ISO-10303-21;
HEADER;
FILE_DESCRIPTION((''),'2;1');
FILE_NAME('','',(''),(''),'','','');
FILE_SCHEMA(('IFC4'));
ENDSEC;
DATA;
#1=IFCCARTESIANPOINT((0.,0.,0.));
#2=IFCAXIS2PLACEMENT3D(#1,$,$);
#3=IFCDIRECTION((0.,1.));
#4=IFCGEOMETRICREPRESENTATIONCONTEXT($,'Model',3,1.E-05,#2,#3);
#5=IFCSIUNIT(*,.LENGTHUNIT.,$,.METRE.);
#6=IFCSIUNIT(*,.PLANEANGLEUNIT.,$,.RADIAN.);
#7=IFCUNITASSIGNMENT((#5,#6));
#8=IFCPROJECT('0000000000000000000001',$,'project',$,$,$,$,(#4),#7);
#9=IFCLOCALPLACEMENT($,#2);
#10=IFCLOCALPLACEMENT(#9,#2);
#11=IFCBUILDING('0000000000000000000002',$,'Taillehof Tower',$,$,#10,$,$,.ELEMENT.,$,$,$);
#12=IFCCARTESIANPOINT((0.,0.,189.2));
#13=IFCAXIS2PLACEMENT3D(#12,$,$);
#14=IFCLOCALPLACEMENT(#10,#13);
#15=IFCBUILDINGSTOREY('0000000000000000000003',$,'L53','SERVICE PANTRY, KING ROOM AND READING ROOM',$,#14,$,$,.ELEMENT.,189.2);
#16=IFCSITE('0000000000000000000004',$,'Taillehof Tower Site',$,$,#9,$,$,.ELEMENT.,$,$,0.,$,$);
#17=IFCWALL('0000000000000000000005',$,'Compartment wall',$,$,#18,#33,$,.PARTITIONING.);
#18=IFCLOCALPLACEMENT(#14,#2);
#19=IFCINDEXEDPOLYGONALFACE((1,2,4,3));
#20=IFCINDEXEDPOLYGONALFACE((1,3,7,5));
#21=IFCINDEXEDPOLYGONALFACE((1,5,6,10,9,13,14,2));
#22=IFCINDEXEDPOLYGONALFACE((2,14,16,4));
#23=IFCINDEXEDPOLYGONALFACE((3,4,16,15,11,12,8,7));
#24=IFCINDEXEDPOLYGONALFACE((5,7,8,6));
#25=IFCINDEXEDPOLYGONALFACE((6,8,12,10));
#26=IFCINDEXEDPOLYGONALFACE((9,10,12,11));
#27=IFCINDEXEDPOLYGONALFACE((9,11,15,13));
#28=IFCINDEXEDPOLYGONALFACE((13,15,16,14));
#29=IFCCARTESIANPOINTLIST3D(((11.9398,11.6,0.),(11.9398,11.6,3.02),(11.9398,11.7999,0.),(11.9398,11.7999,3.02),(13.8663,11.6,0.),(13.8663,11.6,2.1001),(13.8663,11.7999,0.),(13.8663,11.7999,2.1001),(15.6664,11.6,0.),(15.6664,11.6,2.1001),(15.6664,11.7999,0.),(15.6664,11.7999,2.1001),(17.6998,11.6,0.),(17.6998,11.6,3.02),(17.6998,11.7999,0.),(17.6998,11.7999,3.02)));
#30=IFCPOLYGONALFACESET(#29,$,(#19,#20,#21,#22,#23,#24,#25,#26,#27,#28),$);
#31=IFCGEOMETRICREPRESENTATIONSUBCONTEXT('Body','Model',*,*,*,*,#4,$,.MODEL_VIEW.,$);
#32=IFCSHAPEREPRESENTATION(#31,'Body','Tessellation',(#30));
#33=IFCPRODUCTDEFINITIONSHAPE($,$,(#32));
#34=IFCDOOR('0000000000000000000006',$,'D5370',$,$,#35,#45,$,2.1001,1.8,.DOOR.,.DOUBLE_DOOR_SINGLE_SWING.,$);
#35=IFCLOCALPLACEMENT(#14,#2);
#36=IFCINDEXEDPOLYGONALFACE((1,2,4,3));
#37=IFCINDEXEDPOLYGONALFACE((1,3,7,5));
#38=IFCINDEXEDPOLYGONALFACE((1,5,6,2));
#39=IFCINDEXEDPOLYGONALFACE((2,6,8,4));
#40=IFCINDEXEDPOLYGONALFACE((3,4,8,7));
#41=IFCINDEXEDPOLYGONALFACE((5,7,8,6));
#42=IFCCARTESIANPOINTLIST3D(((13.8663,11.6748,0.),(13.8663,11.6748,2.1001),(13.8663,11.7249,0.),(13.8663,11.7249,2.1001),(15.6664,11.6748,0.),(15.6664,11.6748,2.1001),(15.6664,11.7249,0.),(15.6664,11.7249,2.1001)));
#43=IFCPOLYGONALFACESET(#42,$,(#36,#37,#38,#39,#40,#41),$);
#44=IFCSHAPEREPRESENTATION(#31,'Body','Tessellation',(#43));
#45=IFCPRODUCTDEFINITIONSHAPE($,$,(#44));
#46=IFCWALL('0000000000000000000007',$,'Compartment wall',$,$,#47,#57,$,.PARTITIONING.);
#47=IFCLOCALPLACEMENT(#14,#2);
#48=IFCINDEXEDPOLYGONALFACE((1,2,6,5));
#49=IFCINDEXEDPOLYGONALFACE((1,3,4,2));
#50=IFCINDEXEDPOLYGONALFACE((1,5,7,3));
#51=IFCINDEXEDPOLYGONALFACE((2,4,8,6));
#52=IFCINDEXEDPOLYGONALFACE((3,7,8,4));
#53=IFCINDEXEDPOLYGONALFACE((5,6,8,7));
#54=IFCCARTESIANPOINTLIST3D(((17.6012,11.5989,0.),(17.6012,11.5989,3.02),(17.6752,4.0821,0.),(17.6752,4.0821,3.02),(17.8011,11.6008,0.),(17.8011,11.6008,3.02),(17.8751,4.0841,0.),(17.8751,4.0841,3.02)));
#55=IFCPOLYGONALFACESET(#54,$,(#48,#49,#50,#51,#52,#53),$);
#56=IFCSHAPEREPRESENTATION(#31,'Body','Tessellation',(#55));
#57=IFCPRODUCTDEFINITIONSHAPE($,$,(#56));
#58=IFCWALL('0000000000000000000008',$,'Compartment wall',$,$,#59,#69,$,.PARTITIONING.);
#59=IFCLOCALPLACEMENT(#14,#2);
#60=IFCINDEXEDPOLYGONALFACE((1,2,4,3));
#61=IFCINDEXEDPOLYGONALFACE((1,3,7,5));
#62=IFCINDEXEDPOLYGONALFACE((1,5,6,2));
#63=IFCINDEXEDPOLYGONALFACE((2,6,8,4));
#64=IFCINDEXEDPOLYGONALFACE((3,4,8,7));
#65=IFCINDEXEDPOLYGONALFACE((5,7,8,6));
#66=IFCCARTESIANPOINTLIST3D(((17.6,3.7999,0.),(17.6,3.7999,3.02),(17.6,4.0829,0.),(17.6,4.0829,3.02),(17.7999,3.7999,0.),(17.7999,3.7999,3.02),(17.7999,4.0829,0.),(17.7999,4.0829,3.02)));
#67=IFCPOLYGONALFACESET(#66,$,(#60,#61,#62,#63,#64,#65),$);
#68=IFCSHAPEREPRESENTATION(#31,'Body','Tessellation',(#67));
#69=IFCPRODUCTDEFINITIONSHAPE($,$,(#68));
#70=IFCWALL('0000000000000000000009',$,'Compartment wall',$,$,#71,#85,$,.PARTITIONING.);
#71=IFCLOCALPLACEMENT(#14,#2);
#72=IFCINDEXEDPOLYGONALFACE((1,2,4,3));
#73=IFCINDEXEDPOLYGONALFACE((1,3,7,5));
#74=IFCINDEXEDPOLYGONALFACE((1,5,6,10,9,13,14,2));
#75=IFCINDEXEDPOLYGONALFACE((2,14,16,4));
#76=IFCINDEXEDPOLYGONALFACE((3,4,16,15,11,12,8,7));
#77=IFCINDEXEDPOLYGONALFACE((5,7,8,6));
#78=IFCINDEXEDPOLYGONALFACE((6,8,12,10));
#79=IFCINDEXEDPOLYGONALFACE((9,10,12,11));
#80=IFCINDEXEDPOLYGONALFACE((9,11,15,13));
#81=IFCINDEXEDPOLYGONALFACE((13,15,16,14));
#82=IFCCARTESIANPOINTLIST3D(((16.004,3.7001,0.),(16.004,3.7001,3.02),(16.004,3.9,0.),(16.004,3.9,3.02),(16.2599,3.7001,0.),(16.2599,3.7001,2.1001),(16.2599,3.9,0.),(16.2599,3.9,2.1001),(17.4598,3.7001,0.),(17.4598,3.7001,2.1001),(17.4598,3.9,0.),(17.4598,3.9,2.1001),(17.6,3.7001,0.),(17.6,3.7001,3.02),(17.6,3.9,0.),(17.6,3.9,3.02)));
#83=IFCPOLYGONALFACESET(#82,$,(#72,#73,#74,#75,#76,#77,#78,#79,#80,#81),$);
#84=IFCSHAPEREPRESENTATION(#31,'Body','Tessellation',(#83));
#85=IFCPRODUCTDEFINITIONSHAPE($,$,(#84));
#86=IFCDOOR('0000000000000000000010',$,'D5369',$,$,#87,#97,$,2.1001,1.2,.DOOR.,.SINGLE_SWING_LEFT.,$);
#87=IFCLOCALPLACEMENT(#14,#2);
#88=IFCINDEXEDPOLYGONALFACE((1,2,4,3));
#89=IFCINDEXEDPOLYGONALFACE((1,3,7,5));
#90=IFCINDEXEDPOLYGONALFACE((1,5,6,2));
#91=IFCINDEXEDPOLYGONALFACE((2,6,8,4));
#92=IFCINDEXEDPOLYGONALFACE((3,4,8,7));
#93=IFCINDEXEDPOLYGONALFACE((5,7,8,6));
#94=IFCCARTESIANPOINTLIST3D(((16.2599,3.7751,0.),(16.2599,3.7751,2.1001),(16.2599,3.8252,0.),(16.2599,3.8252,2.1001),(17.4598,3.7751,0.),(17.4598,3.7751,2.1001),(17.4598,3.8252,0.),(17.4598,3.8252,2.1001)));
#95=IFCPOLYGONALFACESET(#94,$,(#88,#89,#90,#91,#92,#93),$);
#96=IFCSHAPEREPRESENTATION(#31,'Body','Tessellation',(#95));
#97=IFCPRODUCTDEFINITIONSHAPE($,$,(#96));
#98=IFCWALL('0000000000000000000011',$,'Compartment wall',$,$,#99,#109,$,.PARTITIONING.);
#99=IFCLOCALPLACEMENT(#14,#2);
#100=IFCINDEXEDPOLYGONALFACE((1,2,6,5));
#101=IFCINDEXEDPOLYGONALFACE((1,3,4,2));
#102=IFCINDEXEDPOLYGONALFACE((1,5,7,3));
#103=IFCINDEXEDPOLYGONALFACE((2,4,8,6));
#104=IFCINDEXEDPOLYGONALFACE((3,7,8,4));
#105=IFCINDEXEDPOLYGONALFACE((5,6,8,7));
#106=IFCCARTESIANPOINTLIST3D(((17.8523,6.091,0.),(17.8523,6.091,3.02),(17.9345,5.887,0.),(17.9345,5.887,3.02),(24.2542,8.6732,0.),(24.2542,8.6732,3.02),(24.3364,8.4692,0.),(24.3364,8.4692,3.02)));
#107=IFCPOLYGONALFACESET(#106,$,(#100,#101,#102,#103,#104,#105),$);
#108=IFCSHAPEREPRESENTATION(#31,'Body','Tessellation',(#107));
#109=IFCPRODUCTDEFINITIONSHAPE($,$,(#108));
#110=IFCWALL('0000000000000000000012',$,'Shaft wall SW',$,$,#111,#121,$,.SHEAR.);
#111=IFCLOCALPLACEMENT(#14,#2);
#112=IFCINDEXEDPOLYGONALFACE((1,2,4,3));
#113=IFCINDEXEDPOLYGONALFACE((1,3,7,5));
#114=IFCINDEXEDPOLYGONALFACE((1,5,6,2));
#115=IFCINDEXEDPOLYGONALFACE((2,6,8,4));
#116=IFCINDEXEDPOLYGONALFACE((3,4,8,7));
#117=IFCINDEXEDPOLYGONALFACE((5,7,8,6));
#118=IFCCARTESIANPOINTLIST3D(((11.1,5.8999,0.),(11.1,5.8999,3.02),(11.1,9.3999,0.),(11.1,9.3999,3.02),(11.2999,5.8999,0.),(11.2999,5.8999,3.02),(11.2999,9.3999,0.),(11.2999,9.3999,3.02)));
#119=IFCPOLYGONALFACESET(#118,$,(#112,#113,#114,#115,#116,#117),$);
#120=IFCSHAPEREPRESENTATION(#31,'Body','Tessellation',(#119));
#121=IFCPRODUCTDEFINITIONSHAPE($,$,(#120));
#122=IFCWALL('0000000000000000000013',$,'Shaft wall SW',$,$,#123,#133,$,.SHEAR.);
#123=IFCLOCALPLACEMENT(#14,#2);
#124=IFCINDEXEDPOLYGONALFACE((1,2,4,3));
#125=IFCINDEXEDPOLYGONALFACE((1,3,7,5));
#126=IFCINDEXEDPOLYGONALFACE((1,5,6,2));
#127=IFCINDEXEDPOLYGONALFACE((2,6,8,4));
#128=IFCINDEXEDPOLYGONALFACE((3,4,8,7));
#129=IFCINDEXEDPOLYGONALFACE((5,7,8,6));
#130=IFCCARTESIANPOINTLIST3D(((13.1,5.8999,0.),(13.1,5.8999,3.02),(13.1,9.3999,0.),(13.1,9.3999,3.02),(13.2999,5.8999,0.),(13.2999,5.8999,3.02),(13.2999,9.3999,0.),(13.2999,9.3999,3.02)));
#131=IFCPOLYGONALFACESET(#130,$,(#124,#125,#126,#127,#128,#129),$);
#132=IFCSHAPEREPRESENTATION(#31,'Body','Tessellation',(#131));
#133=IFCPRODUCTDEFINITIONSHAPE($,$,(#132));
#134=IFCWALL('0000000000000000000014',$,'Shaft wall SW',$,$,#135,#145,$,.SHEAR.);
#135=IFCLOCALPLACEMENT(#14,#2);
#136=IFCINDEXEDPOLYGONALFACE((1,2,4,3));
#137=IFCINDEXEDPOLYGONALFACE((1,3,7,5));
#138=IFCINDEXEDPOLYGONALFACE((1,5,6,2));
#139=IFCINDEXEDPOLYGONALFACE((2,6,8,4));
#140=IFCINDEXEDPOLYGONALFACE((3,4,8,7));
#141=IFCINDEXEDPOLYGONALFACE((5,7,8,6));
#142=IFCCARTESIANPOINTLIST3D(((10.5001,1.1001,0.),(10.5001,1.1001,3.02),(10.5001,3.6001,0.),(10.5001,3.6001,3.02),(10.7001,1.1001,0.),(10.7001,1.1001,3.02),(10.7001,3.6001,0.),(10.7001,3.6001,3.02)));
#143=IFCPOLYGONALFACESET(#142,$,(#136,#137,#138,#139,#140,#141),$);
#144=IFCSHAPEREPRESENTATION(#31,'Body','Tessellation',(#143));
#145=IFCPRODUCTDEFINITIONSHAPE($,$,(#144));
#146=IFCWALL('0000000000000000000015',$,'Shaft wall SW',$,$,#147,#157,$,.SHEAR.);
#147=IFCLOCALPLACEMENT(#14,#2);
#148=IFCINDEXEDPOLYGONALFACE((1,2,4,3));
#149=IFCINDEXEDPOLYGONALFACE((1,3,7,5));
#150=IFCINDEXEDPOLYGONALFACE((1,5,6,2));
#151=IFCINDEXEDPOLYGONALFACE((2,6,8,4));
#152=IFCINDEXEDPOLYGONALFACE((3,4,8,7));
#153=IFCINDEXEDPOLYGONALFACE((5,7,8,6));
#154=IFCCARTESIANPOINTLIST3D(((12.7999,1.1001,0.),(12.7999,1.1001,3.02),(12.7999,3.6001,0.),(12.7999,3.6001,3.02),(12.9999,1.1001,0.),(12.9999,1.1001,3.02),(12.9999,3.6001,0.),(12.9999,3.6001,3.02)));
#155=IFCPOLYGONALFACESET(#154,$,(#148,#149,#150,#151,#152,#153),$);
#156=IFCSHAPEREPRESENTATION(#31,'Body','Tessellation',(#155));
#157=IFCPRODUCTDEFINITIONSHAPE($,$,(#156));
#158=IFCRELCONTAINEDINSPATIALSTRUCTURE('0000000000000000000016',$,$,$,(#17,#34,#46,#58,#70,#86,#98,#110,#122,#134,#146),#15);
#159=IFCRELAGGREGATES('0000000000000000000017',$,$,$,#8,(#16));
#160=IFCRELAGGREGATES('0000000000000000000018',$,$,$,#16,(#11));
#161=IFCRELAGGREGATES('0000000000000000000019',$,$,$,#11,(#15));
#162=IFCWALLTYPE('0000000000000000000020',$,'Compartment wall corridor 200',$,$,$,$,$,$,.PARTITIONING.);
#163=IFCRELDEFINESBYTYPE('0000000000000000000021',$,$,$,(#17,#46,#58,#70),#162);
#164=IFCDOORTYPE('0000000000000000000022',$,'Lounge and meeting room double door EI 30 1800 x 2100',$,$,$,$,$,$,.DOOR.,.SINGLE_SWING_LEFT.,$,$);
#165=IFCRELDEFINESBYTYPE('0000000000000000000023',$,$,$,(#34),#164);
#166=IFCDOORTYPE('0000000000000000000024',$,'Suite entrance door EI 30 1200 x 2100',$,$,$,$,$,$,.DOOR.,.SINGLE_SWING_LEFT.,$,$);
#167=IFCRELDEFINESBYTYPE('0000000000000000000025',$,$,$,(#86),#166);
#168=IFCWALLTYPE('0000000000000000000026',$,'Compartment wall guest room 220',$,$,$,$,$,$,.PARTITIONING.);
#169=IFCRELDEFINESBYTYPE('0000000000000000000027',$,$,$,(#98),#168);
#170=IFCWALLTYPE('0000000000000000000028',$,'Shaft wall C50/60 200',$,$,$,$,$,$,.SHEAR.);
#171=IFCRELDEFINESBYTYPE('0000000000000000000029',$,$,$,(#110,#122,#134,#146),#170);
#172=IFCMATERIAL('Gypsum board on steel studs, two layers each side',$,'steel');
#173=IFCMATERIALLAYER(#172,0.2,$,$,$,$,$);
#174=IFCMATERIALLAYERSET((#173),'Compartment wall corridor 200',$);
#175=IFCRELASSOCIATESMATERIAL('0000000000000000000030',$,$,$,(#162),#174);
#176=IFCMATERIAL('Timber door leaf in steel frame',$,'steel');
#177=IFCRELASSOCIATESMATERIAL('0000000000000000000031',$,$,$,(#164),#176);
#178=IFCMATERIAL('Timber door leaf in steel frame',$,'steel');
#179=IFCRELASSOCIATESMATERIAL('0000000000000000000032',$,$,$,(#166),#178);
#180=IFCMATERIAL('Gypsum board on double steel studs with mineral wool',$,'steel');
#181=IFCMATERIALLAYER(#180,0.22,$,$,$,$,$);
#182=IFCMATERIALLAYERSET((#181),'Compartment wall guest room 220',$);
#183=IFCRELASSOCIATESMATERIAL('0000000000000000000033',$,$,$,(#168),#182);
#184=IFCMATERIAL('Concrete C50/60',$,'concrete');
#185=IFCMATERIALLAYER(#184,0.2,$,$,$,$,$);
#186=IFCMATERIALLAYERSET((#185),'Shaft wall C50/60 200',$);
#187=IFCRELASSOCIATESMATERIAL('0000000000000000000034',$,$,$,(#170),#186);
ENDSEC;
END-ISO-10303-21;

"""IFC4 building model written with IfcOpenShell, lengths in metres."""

from ifc_helpers import new_model, si_unit, direction, frame, frame_2d, origin, place, context, subcontext, project, spatial, rectangle, extrude, material, layer, layer_set, type_object, element, fill, save


model = new_model("IFC4")

# Units and contexts
model_context = context("Model", 3, precision=1e-05, world=origin(), true_north=direction((0.0, 1.0)))
body_context = subcontext(model_context, "Body", "Model", "MODEL_VIEW")
ifc_project = project(units=[si_unit("LENGTHUNIT", "METRE"), si_unit("PLANEANGLEUNIT", "RADIAN")], contexts=[model_context])

# Site, building, storey
site_placement = place(None, origin())
site = spatial("IfcSite", under=ifc_project, at=site_placement, Name="Taillehof Tower Site", CompositionType="ELEMENT", RefElevation=0.0)
building_placement = place(site_placement, origin())
building = spatial("IfcBuilding", under=site, at=building_placement, Name="Taillehof Tower", CompositionType="ELEMENT")
storey_placement = place(building_placement, frame((0.0, 0.0, 189.2)))
storey = spatial("IfcBuildingStorey", under=building, at=storey_placement, Name="L53", Description="SERVICE PANTRY, KING ROOM AND READING ROOM", CompositionType="ELEMENT", Elevation=189.2)

# Wall, opening, door
ifc_material_1 = material(Name="Gypsum board on steel studs, two layers each side", Category="steel")
ifc_layer_1 = layer(ifc_material_1, 0.2)
ifc_layer_set_1 = layer_set([ifc_layer_1], Name="Compartment wall corridor 200")
wall_type_1 = type_object("IfcWallType", Name="Compartment wall corridor 200", PredefinedType="PARTITIONING", material=ifc_layer_set_1)
wall_1_placement = place(storey_placement, frame((11.9399, 11.7, 0.0), z_axis=(0.0, 0.0, 1.0), x_axis=(1.0, 0.0, 0.0)))
wall_1 = element("IfcWall", 1, at=wall_1_placement, inside=storey, type_object=wall_type_1, Name="Compartment wall", PredefinedType="PARTITIONING", context=body_context, shape_type="SweptSolid", body=[
    extrude(rectangle(XDim=5.76, YDim=0.2, at=frame_2d((2.8799, 0.0))), origin(), (0.0, 0.0, 1.0), 3.02),
])
opening_1_placement = place(wall_1_placement, frame((1.9265, 0.0, 0.0)))
opening_1 = element("IfcOpeningElement", 2, at=opening_1_placement, cuts=wall_1, PredefinedType="OPENING", context=body_context, shape_type="SweptSolid", body=[
    extrude(rectangle(XDim=1.8, YDim=2.1001, at=frame_2d((0.8999, 1.05))), frame((0.0, 0.1099, 0.0), z_axis=(0.0, -1.0, 0.0), x_axis=(1.0, 0.0, 0.0)), (0.0, 0.0, 1.0), 0.22),
])
ifc_material_2 = material(Name="Timber door leaf in steel frame", Category="steel")
door_type_1 = type_object("IfcDoorType", Name="Lounge and meeting room double door EI 30 1800 x 2100", OperationType="SINGLE_SWING_LEFT", PredefinedType="DOOR", material=ifc_material_2)
door_1_placement = place(opening_1_placement, origin())
door_1 = element("IfcDoor", 3, at=door_1_placement, inside=storey, type_object=door_type_1, Name="D5370", OperationType="DOUBLE_DOOR_SINGLE_SWING", OverallHeight=2.1001, OverallWidth=1.8, PredefinedType="DOOR", context=body_context, shape_type="SweptSolid", body=[
    extrude(rectangle(XDim=1.8, YDim=2.1001, at=frame_2d((0.8999, 1.05))), frame((0.0, 0.0249, 0.0), z_axis=(0.0, -1.0, 0.0), x_axis=(1.0, 0.0, 0.0)), (0.0, 0.0, 1.0), 0.05),
])
fill(opening_1, door_1)

# Walls
wall_2_placement = place(storey_placement, frame((17.7012, 11.5999, 0.0), z_axis=(0.0, 0.0, 1.0), x_axis=(0.009841, -0.999952, 0.0)))
element("IfcWall", 4, at=wall_2_placement, inside=storey, type_object=wall_type_1, Name="Compartment wall", PredefinedType="PARTITIONING", context=body_context, shape_type="SweptSolid", body=[
    extrude(rectangle(XDim=7.5171, YDim=0.2, at=frame_2d((3.7585, 0.0))), origin(), (0.0, 0.0, 1.0), 3.02),
])
wall_3_placement = place(storey_placement, frame((17.7, 4.083, 0.0), z_axis=(0.0, 0.0, 1.0), x_axis=(0.0, -1.0, 0.0)))
element("IfcWall", 5, at=wall_3_placement, inside=storey, type_object=wall_type_1, Name="Compartment wall", PredefinedType="PARTITIONING", context=body_context, shape_type="SweptSolid", body=[
    extrude(rectangle(XDim=0.283, YDim=0.2, at=frame_2d((0.1416, 0.0))), origin(), (0.0, 0.0, 1.0), 3.02),
])

# Wall, opening, door
wall_4_placement = place(storey_placement, frame((17.5999, 3.8, 0.0), z_axis=(0.0, 0.0, 1.0), x_axis=(-1.0, 0.0, 0.0)))
wall_4 = element("IfcWall", 6, at=wall_4_placement, inside=storey, type_object=wall_type_1, Name="Compartment wall", PredefinedType="PARTITIONING", context=body_context, shape_type="SweptSolid", body=[
    extrude(rectangle(XDim=1.5959, YDim=0.2, at=frame_2d((0.7979, 0.0))), origin(), (0.0, 0.0, 1.0), 3.02),
])
opening_2_placement = place(wall_4_placement, frame((0.1399, 0.0, 0.0)))
opening_2 = element("IfcOpeningElement", 7, at=opening_2_placement, cuts=wall_4, PredefinedType="OPENING", context=body_context, shape_type="SweptSolid", body=[
    extrude(rectangle(XDim=1.2, YDim=2.1001, at=frame_2d((0.6001, 1.05))), frame((0.0, 0.1099, 0.0), z_axis=(0.0, -1.0, 0.0), x_axis=(1.0, 0.0, 0.0)), (0.0, 0.0, 1.0), 0.22),
])
ifc_material_3 = material(Name="Timber door leaf in steel frame", Category="steel")
door_type_2 = type_object("IfcDoorType", Name="Suite entrance door EI 30 1200 x 2100", OperationType="SINGLE_SWING_LEFT", PredefinedType="DOOR", material=ifc_material_3)
door_2_placement = place(opening_2_placement, origin())
door_2 = element("IfcDoor", 8, at=door_2_placement, inside=storey, type_object=door_type_2, Name="D5369", OperationType="SINGLE_SWING_LEFT", OverallHeight=2.1001, OverallWidth=1.2, PredefinedType="DOOR", context=body_context, shape_type="SweptSolid", body=[
    extrude(rectangle(XDim=1.2, YDim=2.1001, at=frame_2d((0.6001, 1.05))), frame((0.0, 0.0249, 0.0), z_axis=(0.0, -1.0, 0.0), x_axis=(1.0, 0.0, 0.0)), (0.0, 0.0, 1.0), 0.05),
])
fill(opening_2, door_2)

# Walls
ifc_material_4 = material(Name="Gypsum board on double steel studs with mineral wool", Category="steel")
ifc_layer_2 = layer(ifc_material_4, 0.22)
ifc_layer_set_2 = layer_set([ifc_layer_2], Name="Compartment wall guest room 220")
wall_type_2 = type_object("IfcWallType", Name="Compartment wall guest room 220", PredefinedType="PARTITIONING", material=ifc_layer_set_2)
wall_5_placement = place(storey_placement, frame((24.2954, 8.5713, 0.0), z_axis=(0.0, 0.0, 1.0), x_axis=(-0.927397, -0.374078, 0.0)))
element("IfcWall", 9, at=wall_5_placement, inside=storey, type_object=wall_type_2, Name="Compartment wall", PredefinedType="PARTITIONING", context=body_context, shape_type="SweptSolid", body=[
    extrude(rectangle(XDim=6.9031, YDim=0.22, at=frame_2d((3.4517, 0.0))), origin(), (0.0, 0.0, 1.0), 3.02),
])
ifc_material_5 = material(Name="Concrete C50/60", Category="concrete")
ifc_layer_3 = layer(ifc_material_5, 0.2)
ifc_layer_set_3 = layer_set([ifc_layer_3], Name="Shaft wall C50/60 200")
wall_type_3 = type_object("IfcWallType", Name="Shaft wall C50/60 200", PredefinedType="SHEAR", material=ifc_layer_set_3)
for number, where, z_axis, x_axis, name in (
    (10, (11.2, 5.8999, 0.0), (0.0, 0.0, 1.0), (0.0, 1.0, 0.0), "Shaft wall SW"),
    (11, (13.2, 5.8999, 0.0), (0.0, 0.0, 1.0), (0.0, 1.0, 0.0), "Shaft wall SW"),
):
    element("IfcWall", number, at=place(storey_placement, frame(where, z_axis=z_axis, x_axis=x_axis)), inside=storey, type_object=wall_type_3, Name=name, PredefinedType="SHEAR", context=body_context, shape_type="SweptSolid", body=[
        extrude(rectangle(XDim=3.5, YDim=0.2, at=frame_2d((1.75, 0.0))), origin(), (0.0, 0.0, 1.0), 3.02),
    ])
for number, where, z_axis, x_axis, name in (
    (12, (10.6001, 1.1001, 0.0), (0.0, 0.0, 1.0), (0.0, 1.0, 0.0), "Shaft wall SW"),
    (13, (12.8999, 1.1001, 0.0), (0.0, 0.0, 1.0), (0.0, 1.0, 0.0), "Shaft wall SW"),
):
    element("IfcWall", number, at=place(storey_placement, frame(where, z_axis=z_axis, x_axis=x_axis)), inside=storey, type_object=wall_type_3, Name=name, PredefinedType="SHEAR", context=body_context, shape_type="SweptSolid", body=[
        extrude(rectangle(XDim=2.5, YDim=0.2, at=frame_2d((1.25, 0.0))), origin(), (0.0, 0.0, 1.0), 3.02),
    ])

save(model, "model.ifc")
